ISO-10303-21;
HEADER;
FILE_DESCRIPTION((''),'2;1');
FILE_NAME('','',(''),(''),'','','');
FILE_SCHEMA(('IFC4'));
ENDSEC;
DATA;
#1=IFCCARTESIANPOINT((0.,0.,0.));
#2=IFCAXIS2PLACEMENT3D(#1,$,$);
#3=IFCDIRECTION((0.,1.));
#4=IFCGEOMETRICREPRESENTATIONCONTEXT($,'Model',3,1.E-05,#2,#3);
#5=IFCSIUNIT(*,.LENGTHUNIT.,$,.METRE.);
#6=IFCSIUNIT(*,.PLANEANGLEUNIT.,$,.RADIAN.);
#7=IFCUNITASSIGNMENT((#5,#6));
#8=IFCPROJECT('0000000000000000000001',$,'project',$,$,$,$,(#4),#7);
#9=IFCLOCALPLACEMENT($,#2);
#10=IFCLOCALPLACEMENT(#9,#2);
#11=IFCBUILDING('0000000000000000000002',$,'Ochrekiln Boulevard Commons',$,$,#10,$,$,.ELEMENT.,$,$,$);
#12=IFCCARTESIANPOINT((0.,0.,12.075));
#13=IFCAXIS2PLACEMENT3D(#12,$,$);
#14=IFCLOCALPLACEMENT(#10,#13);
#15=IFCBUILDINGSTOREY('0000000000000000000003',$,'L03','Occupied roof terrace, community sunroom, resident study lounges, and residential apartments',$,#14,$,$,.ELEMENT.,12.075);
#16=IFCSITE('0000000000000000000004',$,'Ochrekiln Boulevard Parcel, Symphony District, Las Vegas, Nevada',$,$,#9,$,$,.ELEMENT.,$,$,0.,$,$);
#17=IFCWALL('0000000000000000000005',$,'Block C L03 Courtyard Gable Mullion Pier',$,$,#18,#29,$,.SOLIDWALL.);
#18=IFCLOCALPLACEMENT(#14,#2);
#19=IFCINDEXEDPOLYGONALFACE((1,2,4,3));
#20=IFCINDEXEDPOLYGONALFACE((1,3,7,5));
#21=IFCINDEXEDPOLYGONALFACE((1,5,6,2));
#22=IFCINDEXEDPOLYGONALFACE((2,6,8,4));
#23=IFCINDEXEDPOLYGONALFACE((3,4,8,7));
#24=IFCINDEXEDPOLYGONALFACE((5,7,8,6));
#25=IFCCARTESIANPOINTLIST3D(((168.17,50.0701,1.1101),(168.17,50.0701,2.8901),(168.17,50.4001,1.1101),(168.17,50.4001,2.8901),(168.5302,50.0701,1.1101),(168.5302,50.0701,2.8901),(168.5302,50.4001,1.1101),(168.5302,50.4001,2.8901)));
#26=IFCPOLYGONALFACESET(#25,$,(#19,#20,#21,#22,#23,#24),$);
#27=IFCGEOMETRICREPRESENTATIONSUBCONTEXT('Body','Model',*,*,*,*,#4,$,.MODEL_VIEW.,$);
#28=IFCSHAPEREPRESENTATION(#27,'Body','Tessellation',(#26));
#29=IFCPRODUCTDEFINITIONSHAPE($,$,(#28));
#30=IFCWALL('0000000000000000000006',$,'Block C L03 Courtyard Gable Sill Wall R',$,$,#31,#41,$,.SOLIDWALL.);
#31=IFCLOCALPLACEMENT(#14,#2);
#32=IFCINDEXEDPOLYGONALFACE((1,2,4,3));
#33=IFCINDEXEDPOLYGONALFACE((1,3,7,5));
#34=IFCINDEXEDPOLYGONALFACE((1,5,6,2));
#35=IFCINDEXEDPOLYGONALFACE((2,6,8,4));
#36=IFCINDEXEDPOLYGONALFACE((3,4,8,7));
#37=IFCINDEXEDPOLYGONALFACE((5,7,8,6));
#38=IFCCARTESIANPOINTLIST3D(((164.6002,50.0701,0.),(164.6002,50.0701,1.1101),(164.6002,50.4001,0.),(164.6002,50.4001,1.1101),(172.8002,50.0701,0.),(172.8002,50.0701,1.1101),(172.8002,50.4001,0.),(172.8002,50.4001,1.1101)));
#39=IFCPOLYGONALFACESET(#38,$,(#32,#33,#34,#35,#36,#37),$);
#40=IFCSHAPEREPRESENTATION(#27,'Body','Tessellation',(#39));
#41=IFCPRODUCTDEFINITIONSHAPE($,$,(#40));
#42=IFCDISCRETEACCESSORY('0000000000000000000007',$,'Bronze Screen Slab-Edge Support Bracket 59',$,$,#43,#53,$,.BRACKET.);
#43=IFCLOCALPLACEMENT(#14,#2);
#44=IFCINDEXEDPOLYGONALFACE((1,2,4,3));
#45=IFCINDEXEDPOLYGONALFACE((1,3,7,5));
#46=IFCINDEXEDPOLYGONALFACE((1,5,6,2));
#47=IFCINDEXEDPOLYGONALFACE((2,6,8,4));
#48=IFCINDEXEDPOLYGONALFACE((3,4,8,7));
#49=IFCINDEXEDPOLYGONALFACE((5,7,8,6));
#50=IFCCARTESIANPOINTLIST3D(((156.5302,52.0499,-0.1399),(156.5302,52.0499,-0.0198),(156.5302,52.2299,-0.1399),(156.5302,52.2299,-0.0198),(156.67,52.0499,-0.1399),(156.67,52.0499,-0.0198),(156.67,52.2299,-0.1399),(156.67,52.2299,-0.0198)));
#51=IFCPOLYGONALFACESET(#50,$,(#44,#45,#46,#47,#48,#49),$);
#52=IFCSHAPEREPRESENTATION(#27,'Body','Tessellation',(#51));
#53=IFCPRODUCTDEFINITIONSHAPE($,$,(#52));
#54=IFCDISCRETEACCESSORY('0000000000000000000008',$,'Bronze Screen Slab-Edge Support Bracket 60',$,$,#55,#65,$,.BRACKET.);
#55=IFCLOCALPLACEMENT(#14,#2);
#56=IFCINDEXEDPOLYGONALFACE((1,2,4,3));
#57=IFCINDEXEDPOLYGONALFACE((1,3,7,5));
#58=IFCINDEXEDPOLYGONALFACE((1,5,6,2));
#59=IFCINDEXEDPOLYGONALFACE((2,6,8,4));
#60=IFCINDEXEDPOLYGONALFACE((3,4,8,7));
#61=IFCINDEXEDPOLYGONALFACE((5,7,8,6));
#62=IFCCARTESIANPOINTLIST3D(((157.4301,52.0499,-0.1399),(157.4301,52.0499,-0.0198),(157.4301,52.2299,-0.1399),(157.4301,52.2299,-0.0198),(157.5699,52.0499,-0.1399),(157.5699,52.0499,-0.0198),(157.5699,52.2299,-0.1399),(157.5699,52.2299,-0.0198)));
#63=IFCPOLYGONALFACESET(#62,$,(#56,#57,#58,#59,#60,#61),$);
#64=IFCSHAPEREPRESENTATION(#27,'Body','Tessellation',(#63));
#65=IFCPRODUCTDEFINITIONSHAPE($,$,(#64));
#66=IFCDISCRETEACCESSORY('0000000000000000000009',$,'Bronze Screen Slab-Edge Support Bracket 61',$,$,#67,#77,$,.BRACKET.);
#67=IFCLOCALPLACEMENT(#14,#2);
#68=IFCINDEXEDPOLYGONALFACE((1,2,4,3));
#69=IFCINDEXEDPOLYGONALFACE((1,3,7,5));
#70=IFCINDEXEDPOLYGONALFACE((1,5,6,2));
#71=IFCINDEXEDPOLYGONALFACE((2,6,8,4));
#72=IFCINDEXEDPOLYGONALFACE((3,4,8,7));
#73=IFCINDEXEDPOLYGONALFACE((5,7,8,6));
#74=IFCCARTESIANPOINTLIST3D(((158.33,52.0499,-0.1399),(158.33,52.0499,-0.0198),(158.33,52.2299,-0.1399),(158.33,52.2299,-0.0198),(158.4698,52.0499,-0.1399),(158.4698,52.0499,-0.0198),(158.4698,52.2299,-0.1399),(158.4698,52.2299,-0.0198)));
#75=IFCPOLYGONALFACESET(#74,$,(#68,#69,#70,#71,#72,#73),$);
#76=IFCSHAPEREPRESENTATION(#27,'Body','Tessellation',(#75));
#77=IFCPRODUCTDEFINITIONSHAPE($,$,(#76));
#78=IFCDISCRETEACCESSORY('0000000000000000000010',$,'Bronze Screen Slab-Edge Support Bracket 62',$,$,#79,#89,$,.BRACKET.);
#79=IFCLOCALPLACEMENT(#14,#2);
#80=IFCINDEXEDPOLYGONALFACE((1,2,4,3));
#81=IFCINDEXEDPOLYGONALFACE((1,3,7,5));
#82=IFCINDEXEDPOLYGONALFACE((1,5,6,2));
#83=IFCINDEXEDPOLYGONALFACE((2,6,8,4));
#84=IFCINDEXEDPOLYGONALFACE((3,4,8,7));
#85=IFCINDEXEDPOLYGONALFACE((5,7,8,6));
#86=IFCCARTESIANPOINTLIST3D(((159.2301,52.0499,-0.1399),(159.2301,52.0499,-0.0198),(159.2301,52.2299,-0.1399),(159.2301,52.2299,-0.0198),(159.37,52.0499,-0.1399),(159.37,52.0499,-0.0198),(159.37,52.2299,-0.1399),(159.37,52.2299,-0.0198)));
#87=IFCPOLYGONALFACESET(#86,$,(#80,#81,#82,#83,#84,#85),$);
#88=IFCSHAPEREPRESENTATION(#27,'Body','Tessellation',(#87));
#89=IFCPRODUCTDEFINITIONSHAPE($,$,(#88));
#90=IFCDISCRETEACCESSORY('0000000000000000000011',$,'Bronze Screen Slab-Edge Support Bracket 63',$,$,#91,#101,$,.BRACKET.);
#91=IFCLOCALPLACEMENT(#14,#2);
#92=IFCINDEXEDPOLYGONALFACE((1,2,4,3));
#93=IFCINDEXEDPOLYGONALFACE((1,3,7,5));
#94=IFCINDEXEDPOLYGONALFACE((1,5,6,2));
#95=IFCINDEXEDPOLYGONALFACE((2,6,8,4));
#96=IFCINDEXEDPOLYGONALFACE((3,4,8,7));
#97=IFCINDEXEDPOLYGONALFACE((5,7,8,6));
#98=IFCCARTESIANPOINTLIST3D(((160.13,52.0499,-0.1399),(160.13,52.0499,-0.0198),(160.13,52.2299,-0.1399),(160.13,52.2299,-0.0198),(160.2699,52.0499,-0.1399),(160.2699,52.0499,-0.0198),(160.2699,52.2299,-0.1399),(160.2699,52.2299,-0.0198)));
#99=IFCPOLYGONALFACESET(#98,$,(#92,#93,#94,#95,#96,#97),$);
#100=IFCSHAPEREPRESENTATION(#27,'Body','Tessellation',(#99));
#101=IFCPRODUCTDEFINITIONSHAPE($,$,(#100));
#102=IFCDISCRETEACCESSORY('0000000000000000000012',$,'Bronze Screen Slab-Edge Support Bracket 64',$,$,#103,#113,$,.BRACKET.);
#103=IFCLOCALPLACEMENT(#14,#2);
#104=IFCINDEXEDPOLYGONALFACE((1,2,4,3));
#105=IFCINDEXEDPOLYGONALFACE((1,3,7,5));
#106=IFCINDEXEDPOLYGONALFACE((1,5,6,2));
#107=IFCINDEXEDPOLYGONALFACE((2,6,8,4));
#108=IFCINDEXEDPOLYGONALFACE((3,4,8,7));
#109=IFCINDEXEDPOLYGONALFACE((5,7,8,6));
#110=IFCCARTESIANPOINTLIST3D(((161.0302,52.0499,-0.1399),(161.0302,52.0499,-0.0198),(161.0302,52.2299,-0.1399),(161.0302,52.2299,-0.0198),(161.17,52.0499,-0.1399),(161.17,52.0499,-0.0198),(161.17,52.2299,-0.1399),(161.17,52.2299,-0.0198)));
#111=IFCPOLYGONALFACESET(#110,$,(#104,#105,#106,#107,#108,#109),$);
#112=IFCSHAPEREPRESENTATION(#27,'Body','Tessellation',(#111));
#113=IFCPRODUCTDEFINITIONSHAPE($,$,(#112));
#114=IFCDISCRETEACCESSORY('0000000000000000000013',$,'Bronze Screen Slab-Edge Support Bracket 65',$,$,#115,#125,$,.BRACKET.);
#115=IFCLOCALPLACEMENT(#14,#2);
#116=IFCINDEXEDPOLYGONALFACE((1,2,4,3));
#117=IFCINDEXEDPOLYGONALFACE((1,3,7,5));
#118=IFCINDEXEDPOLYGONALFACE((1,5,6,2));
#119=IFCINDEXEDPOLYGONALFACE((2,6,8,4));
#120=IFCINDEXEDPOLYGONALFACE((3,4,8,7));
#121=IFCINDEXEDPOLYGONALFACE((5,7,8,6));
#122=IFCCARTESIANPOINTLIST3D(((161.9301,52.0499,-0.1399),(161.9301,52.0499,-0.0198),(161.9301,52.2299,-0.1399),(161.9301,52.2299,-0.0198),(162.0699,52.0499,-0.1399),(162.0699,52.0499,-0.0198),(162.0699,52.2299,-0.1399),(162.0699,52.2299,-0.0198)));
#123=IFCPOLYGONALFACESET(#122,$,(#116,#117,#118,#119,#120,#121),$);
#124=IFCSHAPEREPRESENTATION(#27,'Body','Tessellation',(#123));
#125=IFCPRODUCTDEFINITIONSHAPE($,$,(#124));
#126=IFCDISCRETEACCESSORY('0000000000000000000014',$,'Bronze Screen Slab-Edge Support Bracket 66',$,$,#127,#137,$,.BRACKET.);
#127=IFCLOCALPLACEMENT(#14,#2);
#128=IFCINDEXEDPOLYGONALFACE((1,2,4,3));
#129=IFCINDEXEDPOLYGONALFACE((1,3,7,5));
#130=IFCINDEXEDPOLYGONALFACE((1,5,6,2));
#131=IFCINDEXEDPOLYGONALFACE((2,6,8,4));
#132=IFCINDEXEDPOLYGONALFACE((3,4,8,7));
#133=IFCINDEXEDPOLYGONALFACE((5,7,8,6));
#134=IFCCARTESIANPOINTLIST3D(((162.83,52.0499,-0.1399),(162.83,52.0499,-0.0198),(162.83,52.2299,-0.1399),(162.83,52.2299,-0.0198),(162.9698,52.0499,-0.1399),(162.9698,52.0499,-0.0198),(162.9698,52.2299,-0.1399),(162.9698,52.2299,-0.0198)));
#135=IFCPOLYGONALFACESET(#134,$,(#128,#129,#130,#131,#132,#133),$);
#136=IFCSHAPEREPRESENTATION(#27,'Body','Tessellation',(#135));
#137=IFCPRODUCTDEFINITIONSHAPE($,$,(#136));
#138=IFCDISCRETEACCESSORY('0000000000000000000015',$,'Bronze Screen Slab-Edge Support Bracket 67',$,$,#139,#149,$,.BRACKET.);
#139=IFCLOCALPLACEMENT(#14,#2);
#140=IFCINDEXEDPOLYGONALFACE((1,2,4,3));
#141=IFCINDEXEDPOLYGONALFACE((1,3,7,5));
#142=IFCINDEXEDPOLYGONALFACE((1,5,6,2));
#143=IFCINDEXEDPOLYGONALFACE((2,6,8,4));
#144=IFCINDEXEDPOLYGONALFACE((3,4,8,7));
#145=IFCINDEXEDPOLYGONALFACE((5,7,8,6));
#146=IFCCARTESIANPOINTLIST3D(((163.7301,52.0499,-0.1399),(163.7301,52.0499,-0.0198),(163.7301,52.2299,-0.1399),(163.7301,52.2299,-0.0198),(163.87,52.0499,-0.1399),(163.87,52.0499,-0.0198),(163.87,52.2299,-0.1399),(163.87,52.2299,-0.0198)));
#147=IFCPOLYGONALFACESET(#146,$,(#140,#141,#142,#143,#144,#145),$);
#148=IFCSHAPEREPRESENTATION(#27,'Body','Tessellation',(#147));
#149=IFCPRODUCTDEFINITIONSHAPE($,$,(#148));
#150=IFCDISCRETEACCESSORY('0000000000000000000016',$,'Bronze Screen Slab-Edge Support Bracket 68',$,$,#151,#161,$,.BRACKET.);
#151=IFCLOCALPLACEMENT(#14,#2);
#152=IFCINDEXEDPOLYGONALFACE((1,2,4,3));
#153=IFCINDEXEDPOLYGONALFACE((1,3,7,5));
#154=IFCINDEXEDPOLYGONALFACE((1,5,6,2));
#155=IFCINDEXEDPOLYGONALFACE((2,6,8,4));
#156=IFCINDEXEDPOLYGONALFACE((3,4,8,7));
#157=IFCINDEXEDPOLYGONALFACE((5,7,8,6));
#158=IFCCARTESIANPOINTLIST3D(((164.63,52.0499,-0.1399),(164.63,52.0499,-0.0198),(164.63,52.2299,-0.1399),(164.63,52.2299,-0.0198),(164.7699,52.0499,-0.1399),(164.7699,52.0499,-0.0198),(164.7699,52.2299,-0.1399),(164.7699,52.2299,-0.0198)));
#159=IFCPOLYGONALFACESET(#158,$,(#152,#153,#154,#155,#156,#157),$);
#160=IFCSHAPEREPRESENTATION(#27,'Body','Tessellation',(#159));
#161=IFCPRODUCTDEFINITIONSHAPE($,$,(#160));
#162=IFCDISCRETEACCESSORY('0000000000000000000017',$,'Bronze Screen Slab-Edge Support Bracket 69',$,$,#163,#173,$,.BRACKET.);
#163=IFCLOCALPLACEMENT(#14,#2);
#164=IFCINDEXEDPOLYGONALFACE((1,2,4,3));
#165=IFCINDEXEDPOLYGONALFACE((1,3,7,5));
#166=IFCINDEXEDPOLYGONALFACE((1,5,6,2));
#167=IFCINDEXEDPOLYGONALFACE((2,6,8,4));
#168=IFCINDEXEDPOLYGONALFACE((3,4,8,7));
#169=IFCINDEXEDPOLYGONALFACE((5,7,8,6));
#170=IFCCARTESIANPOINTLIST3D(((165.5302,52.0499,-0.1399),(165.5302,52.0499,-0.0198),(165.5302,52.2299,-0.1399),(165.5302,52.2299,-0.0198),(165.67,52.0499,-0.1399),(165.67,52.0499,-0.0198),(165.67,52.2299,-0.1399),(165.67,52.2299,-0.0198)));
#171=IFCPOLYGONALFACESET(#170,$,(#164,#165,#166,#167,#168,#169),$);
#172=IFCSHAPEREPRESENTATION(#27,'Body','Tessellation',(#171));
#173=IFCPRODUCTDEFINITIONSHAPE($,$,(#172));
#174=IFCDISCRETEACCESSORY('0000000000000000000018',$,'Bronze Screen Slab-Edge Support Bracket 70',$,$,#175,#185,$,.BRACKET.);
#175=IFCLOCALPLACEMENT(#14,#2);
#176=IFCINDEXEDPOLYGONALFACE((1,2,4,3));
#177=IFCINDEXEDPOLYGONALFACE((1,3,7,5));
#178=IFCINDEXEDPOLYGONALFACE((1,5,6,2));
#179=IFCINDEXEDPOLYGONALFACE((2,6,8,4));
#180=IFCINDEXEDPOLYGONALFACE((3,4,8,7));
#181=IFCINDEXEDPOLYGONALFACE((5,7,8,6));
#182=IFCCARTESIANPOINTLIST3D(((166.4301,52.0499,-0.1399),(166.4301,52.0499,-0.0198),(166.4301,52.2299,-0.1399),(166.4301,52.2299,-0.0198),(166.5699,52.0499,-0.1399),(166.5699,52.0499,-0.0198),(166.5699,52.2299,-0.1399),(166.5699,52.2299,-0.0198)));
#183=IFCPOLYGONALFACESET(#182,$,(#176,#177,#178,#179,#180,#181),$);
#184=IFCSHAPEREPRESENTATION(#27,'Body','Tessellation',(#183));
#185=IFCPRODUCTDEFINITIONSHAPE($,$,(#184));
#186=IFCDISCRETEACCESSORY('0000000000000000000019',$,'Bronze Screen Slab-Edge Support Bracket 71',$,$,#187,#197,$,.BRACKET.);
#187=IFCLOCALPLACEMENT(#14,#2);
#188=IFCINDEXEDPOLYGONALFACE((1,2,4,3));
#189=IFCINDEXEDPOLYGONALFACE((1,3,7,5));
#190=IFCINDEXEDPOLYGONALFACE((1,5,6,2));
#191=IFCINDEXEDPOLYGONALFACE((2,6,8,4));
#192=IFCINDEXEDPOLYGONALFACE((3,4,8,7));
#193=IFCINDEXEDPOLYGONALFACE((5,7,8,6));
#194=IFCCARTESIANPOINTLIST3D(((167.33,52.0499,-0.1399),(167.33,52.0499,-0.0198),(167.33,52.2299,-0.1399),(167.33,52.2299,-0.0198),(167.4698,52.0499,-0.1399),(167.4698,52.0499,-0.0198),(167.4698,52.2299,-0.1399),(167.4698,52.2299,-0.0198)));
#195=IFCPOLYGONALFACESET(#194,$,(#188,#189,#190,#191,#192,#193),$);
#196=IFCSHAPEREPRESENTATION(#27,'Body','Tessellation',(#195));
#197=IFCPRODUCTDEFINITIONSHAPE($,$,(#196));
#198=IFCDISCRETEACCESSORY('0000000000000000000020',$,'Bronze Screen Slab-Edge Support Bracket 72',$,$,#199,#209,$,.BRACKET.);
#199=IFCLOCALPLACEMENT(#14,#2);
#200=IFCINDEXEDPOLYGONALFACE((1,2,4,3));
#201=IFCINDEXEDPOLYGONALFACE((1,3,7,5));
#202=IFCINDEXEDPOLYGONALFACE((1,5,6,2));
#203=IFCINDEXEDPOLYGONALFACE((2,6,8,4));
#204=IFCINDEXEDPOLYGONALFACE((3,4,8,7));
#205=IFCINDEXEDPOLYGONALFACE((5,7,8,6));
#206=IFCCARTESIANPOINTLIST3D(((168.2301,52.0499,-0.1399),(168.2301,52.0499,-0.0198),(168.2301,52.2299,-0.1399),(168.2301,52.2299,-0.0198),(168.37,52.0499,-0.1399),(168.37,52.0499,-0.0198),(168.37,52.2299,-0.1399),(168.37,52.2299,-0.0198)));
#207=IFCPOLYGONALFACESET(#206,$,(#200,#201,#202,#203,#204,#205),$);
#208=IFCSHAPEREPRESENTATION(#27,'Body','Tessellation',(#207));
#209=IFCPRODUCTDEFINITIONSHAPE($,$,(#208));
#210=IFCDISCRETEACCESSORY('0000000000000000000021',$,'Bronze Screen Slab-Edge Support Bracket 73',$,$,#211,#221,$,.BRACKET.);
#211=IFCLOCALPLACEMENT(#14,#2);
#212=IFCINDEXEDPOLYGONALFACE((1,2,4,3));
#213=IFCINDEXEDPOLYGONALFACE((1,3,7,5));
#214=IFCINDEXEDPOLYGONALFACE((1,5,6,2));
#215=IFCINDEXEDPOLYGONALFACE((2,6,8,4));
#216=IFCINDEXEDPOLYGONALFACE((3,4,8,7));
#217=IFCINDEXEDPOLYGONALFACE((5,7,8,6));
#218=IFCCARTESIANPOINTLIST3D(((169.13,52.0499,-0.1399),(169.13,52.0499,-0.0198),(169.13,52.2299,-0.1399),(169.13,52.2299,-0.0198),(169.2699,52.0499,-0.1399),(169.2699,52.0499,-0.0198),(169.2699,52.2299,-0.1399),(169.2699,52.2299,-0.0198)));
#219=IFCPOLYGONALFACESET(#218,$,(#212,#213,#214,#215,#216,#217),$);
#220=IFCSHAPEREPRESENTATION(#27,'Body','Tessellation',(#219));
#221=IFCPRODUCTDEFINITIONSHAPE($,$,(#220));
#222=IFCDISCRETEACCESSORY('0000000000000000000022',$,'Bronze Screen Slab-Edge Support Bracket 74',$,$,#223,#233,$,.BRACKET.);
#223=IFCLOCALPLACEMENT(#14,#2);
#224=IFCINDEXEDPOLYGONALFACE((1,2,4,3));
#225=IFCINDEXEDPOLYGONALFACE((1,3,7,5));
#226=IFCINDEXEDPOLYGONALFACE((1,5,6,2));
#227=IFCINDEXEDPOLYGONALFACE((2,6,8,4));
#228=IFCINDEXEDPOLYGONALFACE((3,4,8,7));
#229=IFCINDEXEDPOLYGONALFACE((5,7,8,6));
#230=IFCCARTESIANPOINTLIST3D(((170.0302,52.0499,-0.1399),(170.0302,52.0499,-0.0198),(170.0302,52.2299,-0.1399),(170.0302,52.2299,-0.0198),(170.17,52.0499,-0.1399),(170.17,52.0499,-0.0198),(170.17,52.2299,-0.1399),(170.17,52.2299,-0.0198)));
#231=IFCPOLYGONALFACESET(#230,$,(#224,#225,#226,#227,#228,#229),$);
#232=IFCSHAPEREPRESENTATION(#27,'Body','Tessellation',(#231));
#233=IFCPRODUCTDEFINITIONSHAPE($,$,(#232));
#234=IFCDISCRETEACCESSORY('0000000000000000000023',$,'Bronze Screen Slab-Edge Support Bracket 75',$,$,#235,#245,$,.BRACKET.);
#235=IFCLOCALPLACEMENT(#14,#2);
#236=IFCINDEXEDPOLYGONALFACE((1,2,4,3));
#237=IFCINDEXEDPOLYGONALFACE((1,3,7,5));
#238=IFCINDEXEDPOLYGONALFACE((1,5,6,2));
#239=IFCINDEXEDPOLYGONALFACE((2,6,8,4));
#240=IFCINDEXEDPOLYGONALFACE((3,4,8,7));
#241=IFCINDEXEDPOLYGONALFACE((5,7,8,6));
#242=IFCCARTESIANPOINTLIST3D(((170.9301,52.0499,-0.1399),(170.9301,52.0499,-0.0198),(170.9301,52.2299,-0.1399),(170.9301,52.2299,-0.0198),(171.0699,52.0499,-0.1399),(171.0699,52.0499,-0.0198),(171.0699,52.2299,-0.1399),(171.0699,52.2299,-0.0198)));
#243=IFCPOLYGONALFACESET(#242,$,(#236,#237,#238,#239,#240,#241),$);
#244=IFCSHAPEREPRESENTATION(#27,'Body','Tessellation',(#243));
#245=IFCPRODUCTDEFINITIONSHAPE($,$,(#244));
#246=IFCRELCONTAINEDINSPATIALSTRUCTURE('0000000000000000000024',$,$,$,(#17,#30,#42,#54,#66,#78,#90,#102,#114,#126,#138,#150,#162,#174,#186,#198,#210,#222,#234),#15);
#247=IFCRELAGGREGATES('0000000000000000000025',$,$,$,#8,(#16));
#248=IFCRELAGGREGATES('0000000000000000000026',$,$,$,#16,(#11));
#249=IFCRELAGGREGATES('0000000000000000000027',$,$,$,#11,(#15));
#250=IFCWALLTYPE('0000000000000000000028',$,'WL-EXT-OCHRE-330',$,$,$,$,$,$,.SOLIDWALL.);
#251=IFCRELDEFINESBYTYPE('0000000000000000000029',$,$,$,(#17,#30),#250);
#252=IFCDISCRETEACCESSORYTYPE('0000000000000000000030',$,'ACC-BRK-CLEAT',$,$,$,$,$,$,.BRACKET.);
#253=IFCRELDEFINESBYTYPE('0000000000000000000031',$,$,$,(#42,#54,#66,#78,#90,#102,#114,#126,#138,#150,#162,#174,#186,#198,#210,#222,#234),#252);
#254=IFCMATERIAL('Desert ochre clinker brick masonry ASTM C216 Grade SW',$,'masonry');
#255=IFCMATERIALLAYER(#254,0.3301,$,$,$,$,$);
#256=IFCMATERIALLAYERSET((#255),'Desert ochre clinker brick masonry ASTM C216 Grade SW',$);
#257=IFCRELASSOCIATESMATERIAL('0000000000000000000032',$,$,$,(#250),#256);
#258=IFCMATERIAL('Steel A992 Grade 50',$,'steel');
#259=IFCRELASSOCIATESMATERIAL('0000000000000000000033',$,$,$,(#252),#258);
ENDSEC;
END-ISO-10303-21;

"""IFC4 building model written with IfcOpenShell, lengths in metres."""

from ifc_helpers import new_model, si_unit, direction, frame, frame_2d, origin, origin_2d, place, context, subcontext, project, spatial, rectangle, extrude, material, layer, layer_set, type_object, element, save


model = new_model("IFC4")

# Units and contexts
model_context = context("Model", 3, precision=1e-05, world=origin(), true_north=direction((0.0, 1.0)))
body_context = subcontext(model_context, "Body", "Model", "MODEL_VIEW")
ifc_project = project(units=[si_unit("LENGTHUNIT", "METRE"), si_unit("PLANEANGLEUNIT", "RADIAN")], contexts=[model_context])

# Site, building, storey
site_placement = place(None, origin())
site = spatial("IfcSite", under=ifc_project, at=site_placement, Name="Ochrekiln Boulevard Parcel, Symphony District, Las Vegas, Nevada", CompositionType="ELEMENT", RefElevation=0.0)
building_placement = place(site_placement, origin())
building = spatial("IfcBuilding", under=site, at=building_placement, Name="Ochrekiln Boulevard Commons", CompositionType="ELEMENT")
storey_placement = place(building_placement, frame((0.0, 0.0, 12.075)))
storey = spatial("IfcBuildingStorey", under=building, at=storey_placement, Name="L03", Description="Occupied roof terrace, community sunroom, resident study lounges, and residential apartments", CompositionType="ELEMENT", Elevation=12.075)

# Wall
ifc_material_1 = material(Name="Desert ochre clinker brick masonry ASTM C216 Grade SW", Category="masonry")
ifc_layer_1 = layer(ifc_material_1, 0.3301)
ifc_layer_set_1 = layer_set([ifc_layer_1], Name="Desert ochre clinker brick masonry ASTM C216 Grade SW")
wall_type = type_object("IfcWallType", Name="WL-EXT-OCHRE-330", PredefinedType="SOLIDWALL", material=ifc_layer_set_1)
wall_1_placement = place(storey_placement, frame((168.1699, 50.2351, 1.1101), z_axis=(0.0, 0.0, 1.0), x_axis=(1.0, 0.0, 0.0)))
element("IfcWall", 1, at=wall_1_placement, inside=storey, type_object=wall_type, Name="Block C L03 Courtyard Gable Mullion Pier", PredefinedType="SOLIDWALL", context=body_context, shape_type="SweptSolid", body=[
    extrude(rectangle(XDim=0.3601, YDim=0.3301, at=frame_2d((0.1802, 0.0))), origin(), (0.0, 0.0, 1.0), 1.78),
])

# Wall
wall_2_placement = place(storey_placement, frame((164.6001, 50.2351, 0.0), z_axis=(0.0, 0.0, 1.0), x_axis=(1.0, 0.0, 0.0)))
element("IfcWall", 2, at=wall_2_placement, inside=storey, type_object=wall_type, Name="Block C L03 Courtyard Gable Sill Wall R", PredefinedType="SOLIDWALL", context=body_context, shape_type="SweptSolid", body=[
    extrude(rectangle(XDim=8.2, YDim=0.3301, at=frame_2d((4.1001, 0.0))), origin(), (0.0, 0.0, 1.0), 1.1101),
])

# Discrete accessories
ifc_material_2 = material(Name="Steel A992 Grade 50", Category="steel")
discrete_accessory_type = type_object("IfcDiscreteAccessoryType", Name="ACC-BRK-CLEAT", PredefinedType="BRACKET", material=ifc_material_2)
for number, where, z_axis, x_axis, name in (
    (3, (156.6001, 52.1399, -0.1399), (0.0, 0.0, 1.0), (1.0, 0.0, 0.0), "Bronze Screen Slab-Edge Support Bracket 59"),
    (4, (157.5, 52.1399, -0.1399), (0.0, 0.0, 1.0), (1.0, 0.0, 0.0), "Bronze Screen Slab-Edge Support Bracket 60"),
    (5, (158.3999, 52.1399, -0.1399), (0.0, 0.0, 1.0), (1.0, 0.0, 0.0), "Bronze Screen Slab-Edge Support Bracket 61"),
    (6, (159.3, 52.1399, -0.1399), (0.0, 0.0, 1.0), (1.0, 0.0, 0.0), "Bronze Screen Slab-Edge Support Bracket 62"),
    (7, (160.2, 52.1399, -0.1399), (0.0, 0.0, 1.0), (1.0, 0.0, 0.0), "Bronze Screen Slab-Edge Support Bracket 63"),
    (8, (161.1001, 52.1399, -0.1399), (0.0, 0.0, 1.0), (1.0, 0.0, 0.0), "Bronze Screen Slab-Edge Support Bracket 64"),
    (9, (162.0, 52.1399, -0.1399), (0.0, 0.0, 1.0), (1.0, 0.0, 0.0), "Bronze Screen Slab-Edge Support Bracket 65"),
    (10, (162.8999, 52.1399, -0.1399), (0.0, 0.0, 1.0), (1.0, 0.0, 0.0), "Bronze Screen Slab-Edge Support Bracket 66"),
    (11, (163.8, 52.1399, -0.1399), (0.0, 0.0, 1.0), (1.0, 0.0, 0.0), "Bronze Screen Slab-Edge Support Bracket 67"),
    (12, (164.7, 52.1399, -0.1399), (0.0, 0.0, 1.0), (1.0, 0.0, 0.0), "Bronze Screen Slab-Edge Support Bracket 68"),
    (13, (165.6001, 52.1399, -0.1399), (0.0, 0.0, 1.0), (1.0, 0.0, 0.0), "Bronze Screen Slab-Edge Support Bracket 69"),
    (14, (166.5, 52.1399, -0.1399), (0.0, 0.0, 1.0), (1.0, 0.0, 0.0), "Bronze Screen Slab-Edge Support Bracket 70"),
    (15, (167.3999, 52.1399, -0.1399), (0.0, 0.0, 1.0), (1.0, 0.0, 0.0), "Bronze Screen Slab-Edge Support Bracket 71"),
    (16, (168.3, 52.1399, -0.1399), (0.0, 0.0, 1.0), (1.0, 0.0, 0.0), "Bronze Screen Slab-Edge Support Bracket 72"),
    (17, (169.2, 52.1399, -0.1399), (0.0, 0.0, 1.0), (1.0, 0.0, 0.0), "Bronze Screen Slab-Edge Support Bracket 73"),
    (18, (170.1001, 52.1399, -0.1399), (0.0, 0.0, 1.0), (1.0, 0.0, 0.0), "Bronze Screen Slab-Edge Support Bracket 74"),
    (19, (171.0, 52.1399, -0.1399), (0.0, 0.0, 1.0), (1.0, 0.0, 0.0), "Bronze Screen Slab-Edge Support Bracket 75"),
):
    element("IfcDiscreteAccessory", number, at=place(storey_placement, frame(where, z_axis=z_axis, x_axis=x_axis)), inside=storey, type_object=discrete_accessory_type, Name=name, PredefinedType="BRACKET", context=body_context, shape_type="SweptSolid", body=[
        extrude(rectangle(XDim=0.1399, YDim=0.1799, at=origin_2d()), origin(), (0.0, 0.0, 1.0), 0.1201),
    ])

save(model, "model.ifc")
